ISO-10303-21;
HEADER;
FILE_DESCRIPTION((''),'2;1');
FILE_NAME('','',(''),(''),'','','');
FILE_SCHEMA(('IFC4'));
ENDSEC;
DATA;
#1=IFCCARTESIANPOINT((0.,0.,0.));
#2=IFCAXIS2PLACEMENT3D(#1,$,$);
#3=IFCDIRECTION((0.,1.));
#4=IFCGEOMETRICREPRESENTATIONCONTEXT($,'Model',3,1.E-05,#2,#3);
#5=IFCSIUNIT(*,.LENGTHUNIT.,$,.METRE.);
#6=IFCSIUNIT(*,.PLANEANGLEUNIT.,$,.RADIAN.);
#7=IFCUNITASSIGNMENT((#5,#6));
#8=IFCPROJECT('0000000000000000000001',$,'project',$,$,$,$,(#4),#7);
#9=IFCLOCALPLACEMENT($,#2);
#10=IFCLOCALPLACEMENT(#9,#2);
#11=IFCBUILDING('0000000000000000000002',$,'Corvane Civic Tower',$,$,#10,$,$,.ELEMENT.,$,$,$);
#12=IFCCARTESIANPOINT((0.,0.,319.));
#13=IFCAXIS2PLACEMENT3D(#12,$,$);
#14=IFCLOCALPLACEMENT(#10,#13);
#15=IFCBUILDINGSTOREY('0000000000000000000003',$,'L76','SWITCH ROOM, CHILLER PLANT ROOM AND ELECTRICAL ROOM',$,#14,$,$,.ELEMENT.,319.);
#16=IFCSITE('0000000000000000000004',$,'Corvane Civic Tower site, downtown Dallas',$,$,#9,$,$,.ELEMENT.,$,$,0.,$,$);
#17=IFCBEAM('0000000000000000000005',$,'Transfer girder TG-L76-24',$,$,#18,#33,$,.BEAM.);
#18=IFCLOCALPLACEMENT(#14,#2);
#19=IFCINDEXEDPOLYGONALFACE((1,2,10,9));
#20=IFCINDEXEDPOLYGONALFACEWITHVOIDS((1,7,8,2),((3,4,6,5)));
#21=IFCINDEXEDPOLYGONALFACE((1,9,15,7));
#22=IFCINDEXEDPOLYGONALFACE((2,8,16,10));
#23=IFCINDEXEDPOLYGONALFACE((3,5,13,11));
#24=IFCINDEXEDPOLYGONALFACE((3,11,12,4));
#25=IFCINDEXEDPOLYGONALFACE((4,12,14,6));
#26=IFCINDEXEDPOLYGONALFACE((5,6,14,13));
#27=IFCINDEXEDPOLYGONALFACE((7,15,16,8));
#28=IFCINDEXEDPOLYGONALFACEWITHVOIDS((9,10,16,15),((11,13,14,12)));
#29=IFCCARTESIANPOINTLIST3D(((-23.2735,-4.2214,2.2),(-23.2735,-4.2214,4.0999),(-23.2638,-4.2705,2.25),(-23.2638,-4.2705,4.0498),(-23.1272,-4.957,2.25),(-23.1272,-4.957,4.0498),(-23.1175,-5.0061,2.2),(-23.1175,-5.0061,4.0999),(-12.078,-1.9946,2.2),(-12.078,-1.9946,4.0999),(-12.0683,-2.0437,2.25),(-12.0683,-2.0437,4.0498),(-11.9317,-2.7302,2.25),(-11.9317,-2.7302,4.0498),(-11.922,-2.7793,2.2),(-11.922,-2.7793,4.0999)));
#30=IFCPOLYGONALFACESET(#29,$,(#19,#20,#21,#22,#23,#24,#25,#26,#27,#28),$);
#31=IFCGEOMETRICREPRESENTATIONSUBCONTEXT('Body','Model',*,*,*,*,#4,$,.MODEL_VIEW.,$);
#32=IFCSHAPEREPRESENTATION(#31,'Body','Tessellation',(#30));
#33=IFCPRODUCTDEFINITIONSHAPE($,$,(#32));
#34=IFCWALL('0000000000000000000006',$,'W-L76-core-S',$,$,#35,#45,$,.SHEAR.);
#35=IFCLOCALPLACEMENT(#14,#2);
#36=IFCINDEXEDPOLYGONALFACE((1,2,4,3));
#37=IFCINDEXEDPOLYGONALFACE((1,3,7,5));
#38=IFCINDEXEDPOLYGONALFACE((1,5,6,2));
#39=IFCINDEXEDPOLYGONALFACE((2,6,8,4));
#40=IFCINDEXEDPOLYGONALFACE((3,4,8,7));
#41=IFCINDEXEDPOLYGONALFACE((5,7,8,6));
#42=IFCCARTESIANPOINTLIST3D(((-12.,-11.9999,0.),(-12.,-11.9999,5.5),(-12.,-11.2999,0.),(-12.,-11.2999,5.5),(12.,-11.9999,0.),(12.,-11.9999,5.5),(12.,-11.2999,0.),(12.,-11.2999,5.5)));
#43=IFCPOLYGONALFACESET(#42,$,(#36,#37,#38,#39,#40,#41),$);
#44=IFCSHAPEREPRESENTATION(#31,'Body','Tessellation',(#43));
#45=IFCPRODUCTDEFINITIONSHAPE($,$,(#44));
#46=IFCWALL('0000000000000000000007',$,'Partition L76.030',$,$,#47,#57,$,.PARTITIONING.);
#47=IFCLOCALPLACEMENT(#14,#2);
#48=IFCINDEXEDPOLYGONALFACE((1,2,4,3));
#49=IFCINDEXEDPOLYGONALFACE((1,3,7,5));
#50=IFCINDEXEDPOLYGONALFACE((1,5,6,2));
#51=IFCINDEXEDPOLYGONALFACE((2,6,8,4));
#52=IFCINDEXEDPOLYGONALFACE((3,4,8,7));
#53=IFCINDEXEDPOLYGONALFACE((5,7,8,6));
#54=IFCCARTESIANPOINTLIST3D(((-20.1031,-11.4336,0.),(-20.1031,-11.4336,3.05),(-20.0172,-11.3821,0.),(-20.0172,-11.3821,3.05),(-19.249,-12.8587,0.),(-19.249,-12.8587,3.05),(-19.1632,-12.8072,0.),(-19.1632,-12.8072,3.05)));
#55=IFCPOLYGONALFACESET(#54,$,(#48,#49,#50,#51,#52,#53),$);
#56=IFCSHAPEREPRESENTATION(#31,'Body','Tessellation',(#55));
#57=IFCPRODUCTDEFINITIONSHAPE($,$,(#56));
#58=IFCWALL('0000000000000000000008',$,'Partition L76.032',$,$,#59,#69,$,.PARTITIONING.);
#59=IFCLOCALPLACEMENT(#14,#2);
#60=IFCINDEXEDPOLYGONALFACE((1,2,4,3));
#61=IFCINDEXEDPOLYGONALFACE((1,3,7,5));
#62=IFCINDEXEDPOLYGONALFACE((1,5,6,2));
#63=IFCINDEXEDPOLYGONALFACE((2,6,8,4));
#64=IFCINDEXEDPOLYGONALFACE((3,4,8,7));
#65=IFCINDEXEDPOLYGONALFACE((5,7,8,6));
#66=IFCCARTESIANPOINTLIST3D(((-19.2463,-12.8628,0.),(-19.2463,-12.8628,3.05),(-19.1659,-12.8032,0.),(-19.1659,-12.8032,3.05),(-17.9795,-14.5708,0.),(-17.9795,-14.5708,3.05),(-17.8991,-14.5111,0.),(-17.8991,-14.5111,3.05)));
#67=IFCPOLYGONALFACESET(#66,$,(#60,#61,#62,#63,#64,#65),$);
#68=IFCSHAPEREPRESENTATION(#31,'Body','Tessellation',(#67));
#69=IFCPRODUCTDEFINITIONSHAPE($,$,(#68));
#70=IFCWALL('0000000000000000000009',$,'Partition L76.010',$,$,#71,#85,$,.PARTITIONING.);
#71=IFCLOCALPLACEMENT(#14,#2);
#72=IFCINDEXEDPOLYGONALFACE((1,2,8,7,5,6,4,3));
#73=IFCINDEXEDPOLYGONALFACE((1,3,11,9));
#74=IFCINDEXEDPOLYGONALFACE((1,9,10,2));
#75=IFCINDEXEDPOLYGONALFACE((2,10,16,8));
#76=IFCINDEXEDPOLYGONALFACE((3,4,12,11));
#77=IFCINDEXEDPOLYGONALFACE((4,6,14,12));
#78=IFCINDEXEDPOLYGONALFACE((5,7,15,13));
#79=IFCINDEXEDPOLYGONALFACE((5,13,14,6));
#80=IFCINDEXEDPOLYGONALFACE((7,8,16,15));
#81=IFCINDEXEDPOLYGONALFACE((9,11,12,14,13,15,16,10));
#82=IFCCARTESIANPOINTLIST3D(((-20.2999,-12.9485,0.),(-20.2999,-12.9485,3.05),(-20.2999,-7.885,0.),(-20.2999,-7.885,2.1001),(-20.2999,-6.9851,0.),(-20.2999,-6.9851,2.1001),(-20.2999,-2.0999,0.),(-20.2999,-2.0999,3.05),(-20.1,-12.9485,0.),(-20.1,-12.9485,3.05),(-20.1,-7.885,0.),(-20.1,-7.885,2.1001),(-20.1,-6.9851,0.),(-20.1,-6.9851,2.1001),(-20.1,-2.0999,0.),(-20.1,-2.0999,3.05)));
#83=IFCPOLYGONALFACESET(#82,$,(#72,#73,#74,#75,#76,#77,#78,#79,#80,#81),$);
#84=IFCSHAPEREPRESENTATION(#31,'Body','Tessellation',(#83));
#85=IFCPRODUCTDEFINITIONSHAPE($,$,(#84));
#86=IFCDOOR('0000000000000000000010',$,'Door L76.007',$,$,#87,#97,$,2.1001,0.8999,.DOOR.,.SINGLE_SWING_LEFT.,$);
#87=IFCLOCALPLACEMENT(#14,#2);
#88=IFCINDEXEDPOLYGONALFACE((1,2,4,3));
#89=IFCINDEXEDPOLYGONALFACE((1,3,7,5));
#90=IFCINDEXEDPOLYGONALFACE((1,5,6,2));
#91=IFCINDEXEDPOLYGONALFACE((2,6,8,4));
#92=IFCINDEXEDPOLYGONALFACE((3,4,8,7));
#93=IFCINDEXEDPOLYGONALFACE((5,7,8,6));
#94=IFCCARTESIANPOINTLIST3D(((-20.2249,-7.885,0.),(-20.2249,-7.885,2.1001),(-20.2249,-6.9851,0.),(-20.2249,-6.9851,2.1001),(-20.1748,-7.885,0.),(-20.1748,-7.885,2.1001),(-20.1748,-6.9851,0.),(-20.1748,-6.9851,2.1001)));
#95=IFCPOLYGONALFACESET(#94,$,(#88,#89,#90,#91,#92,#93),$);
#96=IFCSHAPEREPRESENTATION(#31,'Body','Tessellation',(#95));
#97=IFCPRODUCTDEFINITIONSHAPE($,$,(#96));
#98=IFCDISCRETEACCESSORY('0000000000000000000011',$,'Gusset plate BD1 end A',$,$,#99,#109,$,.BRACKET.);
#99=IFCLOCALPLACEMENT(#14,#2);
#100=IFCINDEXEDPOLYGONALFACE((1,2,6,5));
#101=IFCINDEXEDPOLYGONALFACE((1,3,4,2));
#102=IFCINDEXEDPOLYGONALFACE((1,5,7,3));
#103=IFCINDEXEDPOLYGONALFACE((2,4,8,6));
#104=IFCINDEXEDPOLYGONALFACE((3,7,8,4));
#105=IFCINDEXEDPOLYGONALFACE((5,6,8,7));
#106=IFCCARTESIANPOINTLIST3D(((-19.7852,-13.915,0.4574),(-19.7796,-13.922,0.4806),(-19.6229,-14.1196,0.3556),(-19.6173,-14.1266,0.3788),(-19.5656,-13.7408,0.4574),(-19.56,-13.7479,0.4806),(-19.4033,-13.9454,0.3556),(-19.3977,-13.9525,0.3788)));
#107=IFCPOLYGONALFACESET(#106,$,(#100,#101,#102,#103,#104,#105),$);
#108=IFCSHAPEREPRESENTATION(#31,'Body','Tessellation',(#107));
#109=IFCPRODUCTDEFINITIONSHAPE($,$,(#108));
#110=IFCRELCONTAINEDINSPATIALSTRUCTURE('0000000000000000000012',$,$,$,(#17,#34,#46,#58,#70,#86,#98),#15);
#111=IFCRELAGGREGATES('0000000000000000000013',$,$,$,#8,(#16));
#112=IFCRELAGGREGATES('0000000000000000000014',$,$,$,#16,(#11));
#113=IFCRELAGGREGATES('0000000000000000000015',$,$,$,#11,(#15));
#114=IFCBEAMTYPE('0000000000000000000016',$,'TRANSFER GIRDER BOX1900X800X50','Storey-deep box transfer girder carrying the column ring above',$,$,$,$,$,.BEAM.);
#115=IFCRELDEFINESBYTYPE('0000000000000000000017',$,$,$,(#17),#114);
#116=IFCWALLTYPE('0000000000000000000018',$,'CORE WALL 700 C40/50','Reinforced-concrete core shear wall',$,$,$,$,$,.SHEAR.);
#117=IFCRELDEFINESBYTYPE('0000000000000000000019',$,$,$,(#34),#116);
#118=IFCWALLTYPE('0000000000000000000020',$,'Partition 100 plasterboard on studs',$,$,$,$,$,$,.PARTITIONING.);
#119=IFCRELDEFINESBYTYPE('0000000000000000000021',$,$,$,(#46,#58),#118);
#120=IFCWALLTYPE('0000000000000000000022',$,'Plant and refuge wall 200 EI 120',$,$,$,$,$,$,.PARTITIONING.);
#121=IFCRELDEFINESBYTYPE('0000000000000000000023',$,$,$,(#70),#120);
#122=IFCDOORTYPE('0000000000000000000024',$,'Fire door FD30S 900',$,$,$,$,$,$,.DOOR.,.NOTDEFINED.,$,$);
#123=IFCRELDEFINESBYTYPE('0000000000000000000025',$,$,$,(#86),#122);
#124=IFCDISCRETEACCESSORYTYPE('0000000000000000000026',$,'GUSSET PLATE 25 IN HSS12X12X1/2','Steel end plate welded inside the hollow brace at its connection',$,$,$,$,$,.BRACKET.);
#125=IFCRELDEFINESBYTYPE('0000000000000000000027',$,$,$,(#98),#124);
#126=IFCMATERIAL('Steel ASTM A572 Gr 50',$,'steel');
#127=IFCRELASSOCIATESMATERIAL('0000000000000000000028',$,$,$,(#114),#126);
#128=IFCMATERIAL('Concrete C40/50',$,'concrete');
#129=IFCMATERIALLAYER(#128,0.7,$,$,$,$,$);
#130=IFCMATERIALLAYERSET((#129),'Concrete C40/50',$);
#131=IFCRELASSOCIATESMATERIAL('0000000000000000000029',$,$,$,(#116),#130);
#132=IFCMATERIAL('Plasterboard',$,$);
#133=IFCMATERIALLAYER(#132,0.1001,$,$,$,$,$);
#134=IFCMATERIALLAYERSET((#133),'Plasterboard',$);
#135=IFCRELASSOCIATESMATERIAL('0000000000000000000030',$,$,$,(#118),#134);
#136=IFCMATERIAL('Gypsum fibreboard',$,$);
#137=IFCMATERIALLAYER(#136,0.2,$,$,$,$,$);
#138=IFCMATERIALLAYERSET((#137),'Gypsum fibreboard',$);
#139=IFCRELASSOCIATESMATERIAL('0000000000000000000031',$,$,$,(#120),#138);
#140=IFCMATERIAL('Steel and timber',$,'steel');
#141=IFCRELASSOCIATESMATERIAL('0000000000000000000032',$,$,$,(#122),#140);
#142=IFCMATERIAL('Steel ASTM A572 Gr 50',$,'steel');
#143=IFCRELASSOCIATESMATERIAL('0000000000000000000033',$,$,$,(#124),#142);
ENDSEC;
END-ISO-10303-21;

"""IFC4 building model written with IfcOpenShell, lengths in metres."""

from ifc_helpers import new_model, si_unit, direction, frame, frame_2d, origin, origin_2d, place, context, subcontext, project, spatial, rectangle, hollow_rectangle, extrude, material, layer, layer_set, material_profile, profile_set, type_object, element, fill, save


model = new_model("IFC4")

# Units and contexts
model_context = context("Model", 3, precision=1e-05, world=origin(), true_north=direction((0.0, 1.0)))
body_context = subcontext(model_context, "Body", "Model", "MODEL_VIEW")
ifc_project = project(units=[si_unit("LENGTHUNIT", "METRE"), si_unit("PLANEANGLEUNIT", "RADIAN")], contexts=[model_context])

# Site, building, storey
site_placement = place(None, origin())
site = spatial("IfcSite", under=ifc_project, at=site_placement, Name="Corvane Civic Tower site, downtown Dallas", CompositionType="ELEMENT", RefElevation=0.0)
building_placement = place(site_placement, origin())
building = spatial("IfcBuilding", under=site, at=building_placement, Name="Corvane Civic Tower", CompositionType="ELEMENT")
storey_placement = place(building_placement, frame((0.0, 0.0, 319.0)))
storey = spatial("IfcBuildingStorey", under=building, at=storey_placement, Name="L76", Description="SWITCH ROOM, CHILLER PLANT ROOM AND ELECTRICAL ROOM", CompositionType="ELEMENT", Elevation=319.0)

# Beam
ifc_material_1 = material(Name="Steel ASTM A572 Gr 50", Category="steel")
ifc_material_profile_1 = material_profile(ifc_material_1, hollow_rectangle(XDim=0.8, YDim=1.8999, WallThickness=0.05, at=origin_2d()), Name="BOX1900X800X50")
ifc_profile_set_1 = profile_set([ifc_material_profile_1], Name="Steel ASTM A572 Gr 50")
beam_type_1 = type_object("IfcBeamType", Name="TRANSFER GIRDER BOX1900X800X50", Description="Storey-deep box transfer girder carrying the column ring above", PredefinedType="BEAM", material=ifc_profile_set_1)
beam_1_placement = place(storey_placement, frame((-12.0, -2.387, 3.1499), z_axis=(-0.980787, -0.19508, 0.0), x_axis=(0.19508, -0.980787, 0.0)))
element("IfcBeam", 1, at=beam_1_placement, inside=storey, type_object=beam_type_1, Name="Transfer girder TG-L76-24", PredefinedType="BEAM", context=body_context, shape_type="SweptSolid", body=[
    extrude(hollow_rectangle(XDim=0.8, YDim=1.8999, WallThickness=0.05, at=origin_2d()), origin(), (0.0, 0.0, 1.0), 11.4148),
])

# Walls
ifc_material_2 = material(Name="Concrete C40/50", Category="concrete")
ifc_layer_1 = layer(ifc_material_2, 0.7)
ifc_layer_set_1 = layer_set([ifc_layer_1], Name="Concrete C40/50")
wall_type_1 = type_object("IfcWallType", Name="CORE WALL 700 C40/50", Description="Reinforced-concrete core shear wall", PredefinedType="SHEAR", material=ifc_layer_set_1)
wall_1_placement = place(storey_placement, frame((-12.0, -11.6499, 0.0), z_axis=(0.0, 0.0, 1.0), x_axis=(1.0, 0.0, 0.0)))
element("IfcWall", 2, at=wall_1_placement, inside=storey, type_object=wall_type_1, Name="W-L76-core-S", PredefinedType="SHEAR", context=body_context, shape_type="SweptSolid", body=[
    extrude(rectangle(XDim=24.0, YDim=0.7, at=frame_2d((12.0, 0.0))), origin(), (0.0, 0.0, 1.0), 5.5),
])
ifc_material_3 = material(Name="Plasterboard")
ifc_layer_2 = layer(ifc_material_3, 0.1001)
ifc_layer_set_2 = layer_set([ifc_layer_2], Name="Plasterboard")
wall_type_2 = type_object("IfcWallType", Name="Partition 100 plasterboard on studs", PredefinedType="PARTITIONING", material=ifc_layer_set_2)
wall_2_placement = place(storey_placement, frame((-20.0601, -11.408, 0.0), z_axis=(0.0, 0.0, 1.0), x_axis=(0.514042, -0.857765, 0.0)))
element("IfcWall", 3, at=wall_2_placement, inside=storey, type_object=wall_type_2, Name="Partition L76.030", PredefinedType="PARTITIONING", context=body_context, shape_type="SweptSolid", body=[
    extrude(rectangle(XDim=1.6614, YDim=0.1001, at=frame_2d((0.8306, 0.0))), origin(), (0.0, 0.0, 1.0), 3.05),
])
wall_3_placement = place(storey_placement, frame((-19.2061, -12.833, 0.0), z_axis=(0.0, 0.0, 1.0), x_axis=(0.59573, -0.803185, 0.0)))
element("IfcWall", 4, at=wall_3_placement, inside=storey, type_object=wall_type_2, Name="Partition L76.032", PredefinedType="PARTITIONING", context=body_context, shape_type="SweptSolid", body=[
    extrude(rectangle(XDim=2.1265, YDim=0.1001, at=frame_2d((1.0632, 0.0))), origin(), (0.0, 0.0, 1.0), 3.05),
])

# Wall, opening, door
ifc_material_4 = material(Name="Gypsum fibreboard")
ifc_layer_3 = layer(ifc_material_4, 0.2)
ifc_layer_set_3 = layer_set([ifc_layer_3], Name="Gypsum fibreboard")
wall_type_3 = type_object("IfcWallType", Name="Plant and refuge wall 200 EI 120", PredefinedType="PARTITIONING", material=ifc_layer_set_3)
wall_4_placement = place(storey_placement, frame((-20.2, -12.9485, 0.0), z_axis=(0.0, 0.0, 1.0), x_axis=(0.0, 1.0, 0.0)))
wall_4 = element("IfcWall", 5, at=wall_4_placement, inside=storey, type_object=wall_type_3, Name="Partition L76.010", PredefinedType="PARTITIONING", context=body_context, shape_type="SweptSolid", body=[
    extrude(rectangle(XDim=10.8486, YDim=0.2, at=frame_2d((5.4243, 0.0))), origin(), (0.0, 0.0, 1.0), 3.05),
])
opening_placement = place(wall_4_placement, frame((5.0635, 0.0, 0.0)))
opening = element("IfcOpeningElement", 6, at=opening_placement, cuts=wall_4, PredefinedType="OPENING", context=body_context, shape_type="SweptSolid", body=[
    extrude(rectangle(XDim=0.8999, YDim=2.1001, at=frame_2d((0.45, 1.05))), frame((0.0, 0.1099, 0.0), z_axis=(0.0, -1.0, 0.0), x_axis=(1.0, 0.0, 0.0)), (0.0, 0.0, 1.0), 0.22),
])
ifc_material_5 = material(Name="Steel and timber", Category="steel")
door_type = type_object("IfcDoorType", Name="Fire door FD30S 900", OperationType="NOTDEFINED", PredefinedType="DOOR", material=ifc_material_5)
door_placement = place(opening_placement, origin())
door = element("IfcDoor", 7, at=door_placement, inside=storey, type_object=door_type, Name="Door L76.007", OperationType="SINGLE_SWING_LEFT", OverallHeight=2.1001, OverallWidth=0.8999, PredefinedType="DOOR", context=body_context, shape_type="SweptSolid", body=[
    extrude(rectangle(XDim=0.8999, YDim=2.1001, at=frame_2d((0.45, 1.05))), frame((0.0, 0.0249, 0.0), z_axis=(0.0, -1.0, 0.0), x_axis=(1.0, 0.0, 0.0)), (0.0, 0.0, 1.0), 0.05),
])
fill(opening, door)

# Discrete accessory
ifc_material_6 = material(Name="Steel ASTM A572 Gr 50", Category="steel")
ifc_material_profile_2 = material_profile(ifc_material_6, rectangle(XDim=0.2803, YDim=0.2803, at=origin_2d()), Name="GUSSET PLATE 25 IN HSS12X12X1/2")
ifc_profile_set_2 = profile_set([ifc_material_profile_2], Name="Steel ASTM A572 Gr 50")
discrete_accessory_type = type_object("IfcDiscreteAccessoryType", Name="GUSSET PLATE 25 IN HSS12X12X1/2", Description="Steel end plate welded inside the hollow brace at its connection", PredefinedType="BRACKET", material=ifc_profile_set_2)
discrete_accessory_placement = place(storey_placement, frame((-19.5942, -13.9302, 0.4065), z_axis=(0.225588, -0.284437, 0.931776), x_axis=(0.783498, 0.621395, 0.0)))
element("IfcDiscreteAccessory", 8, at=discrete_accessory_placement, inside=storey, type_object=discrete_accessory_type, Name="Gusset plate BD1 end A", PredefinedType="BRACKET", context=body_context, shape_type="SweptSolid", body=[
    extrude(rectangle(XDim=0.2803, YDim=0.2803, at=origin_2d()), origin(), (0.0, 0.0, 1.0), 0.0249),
])

save(model, "model.ifc")
